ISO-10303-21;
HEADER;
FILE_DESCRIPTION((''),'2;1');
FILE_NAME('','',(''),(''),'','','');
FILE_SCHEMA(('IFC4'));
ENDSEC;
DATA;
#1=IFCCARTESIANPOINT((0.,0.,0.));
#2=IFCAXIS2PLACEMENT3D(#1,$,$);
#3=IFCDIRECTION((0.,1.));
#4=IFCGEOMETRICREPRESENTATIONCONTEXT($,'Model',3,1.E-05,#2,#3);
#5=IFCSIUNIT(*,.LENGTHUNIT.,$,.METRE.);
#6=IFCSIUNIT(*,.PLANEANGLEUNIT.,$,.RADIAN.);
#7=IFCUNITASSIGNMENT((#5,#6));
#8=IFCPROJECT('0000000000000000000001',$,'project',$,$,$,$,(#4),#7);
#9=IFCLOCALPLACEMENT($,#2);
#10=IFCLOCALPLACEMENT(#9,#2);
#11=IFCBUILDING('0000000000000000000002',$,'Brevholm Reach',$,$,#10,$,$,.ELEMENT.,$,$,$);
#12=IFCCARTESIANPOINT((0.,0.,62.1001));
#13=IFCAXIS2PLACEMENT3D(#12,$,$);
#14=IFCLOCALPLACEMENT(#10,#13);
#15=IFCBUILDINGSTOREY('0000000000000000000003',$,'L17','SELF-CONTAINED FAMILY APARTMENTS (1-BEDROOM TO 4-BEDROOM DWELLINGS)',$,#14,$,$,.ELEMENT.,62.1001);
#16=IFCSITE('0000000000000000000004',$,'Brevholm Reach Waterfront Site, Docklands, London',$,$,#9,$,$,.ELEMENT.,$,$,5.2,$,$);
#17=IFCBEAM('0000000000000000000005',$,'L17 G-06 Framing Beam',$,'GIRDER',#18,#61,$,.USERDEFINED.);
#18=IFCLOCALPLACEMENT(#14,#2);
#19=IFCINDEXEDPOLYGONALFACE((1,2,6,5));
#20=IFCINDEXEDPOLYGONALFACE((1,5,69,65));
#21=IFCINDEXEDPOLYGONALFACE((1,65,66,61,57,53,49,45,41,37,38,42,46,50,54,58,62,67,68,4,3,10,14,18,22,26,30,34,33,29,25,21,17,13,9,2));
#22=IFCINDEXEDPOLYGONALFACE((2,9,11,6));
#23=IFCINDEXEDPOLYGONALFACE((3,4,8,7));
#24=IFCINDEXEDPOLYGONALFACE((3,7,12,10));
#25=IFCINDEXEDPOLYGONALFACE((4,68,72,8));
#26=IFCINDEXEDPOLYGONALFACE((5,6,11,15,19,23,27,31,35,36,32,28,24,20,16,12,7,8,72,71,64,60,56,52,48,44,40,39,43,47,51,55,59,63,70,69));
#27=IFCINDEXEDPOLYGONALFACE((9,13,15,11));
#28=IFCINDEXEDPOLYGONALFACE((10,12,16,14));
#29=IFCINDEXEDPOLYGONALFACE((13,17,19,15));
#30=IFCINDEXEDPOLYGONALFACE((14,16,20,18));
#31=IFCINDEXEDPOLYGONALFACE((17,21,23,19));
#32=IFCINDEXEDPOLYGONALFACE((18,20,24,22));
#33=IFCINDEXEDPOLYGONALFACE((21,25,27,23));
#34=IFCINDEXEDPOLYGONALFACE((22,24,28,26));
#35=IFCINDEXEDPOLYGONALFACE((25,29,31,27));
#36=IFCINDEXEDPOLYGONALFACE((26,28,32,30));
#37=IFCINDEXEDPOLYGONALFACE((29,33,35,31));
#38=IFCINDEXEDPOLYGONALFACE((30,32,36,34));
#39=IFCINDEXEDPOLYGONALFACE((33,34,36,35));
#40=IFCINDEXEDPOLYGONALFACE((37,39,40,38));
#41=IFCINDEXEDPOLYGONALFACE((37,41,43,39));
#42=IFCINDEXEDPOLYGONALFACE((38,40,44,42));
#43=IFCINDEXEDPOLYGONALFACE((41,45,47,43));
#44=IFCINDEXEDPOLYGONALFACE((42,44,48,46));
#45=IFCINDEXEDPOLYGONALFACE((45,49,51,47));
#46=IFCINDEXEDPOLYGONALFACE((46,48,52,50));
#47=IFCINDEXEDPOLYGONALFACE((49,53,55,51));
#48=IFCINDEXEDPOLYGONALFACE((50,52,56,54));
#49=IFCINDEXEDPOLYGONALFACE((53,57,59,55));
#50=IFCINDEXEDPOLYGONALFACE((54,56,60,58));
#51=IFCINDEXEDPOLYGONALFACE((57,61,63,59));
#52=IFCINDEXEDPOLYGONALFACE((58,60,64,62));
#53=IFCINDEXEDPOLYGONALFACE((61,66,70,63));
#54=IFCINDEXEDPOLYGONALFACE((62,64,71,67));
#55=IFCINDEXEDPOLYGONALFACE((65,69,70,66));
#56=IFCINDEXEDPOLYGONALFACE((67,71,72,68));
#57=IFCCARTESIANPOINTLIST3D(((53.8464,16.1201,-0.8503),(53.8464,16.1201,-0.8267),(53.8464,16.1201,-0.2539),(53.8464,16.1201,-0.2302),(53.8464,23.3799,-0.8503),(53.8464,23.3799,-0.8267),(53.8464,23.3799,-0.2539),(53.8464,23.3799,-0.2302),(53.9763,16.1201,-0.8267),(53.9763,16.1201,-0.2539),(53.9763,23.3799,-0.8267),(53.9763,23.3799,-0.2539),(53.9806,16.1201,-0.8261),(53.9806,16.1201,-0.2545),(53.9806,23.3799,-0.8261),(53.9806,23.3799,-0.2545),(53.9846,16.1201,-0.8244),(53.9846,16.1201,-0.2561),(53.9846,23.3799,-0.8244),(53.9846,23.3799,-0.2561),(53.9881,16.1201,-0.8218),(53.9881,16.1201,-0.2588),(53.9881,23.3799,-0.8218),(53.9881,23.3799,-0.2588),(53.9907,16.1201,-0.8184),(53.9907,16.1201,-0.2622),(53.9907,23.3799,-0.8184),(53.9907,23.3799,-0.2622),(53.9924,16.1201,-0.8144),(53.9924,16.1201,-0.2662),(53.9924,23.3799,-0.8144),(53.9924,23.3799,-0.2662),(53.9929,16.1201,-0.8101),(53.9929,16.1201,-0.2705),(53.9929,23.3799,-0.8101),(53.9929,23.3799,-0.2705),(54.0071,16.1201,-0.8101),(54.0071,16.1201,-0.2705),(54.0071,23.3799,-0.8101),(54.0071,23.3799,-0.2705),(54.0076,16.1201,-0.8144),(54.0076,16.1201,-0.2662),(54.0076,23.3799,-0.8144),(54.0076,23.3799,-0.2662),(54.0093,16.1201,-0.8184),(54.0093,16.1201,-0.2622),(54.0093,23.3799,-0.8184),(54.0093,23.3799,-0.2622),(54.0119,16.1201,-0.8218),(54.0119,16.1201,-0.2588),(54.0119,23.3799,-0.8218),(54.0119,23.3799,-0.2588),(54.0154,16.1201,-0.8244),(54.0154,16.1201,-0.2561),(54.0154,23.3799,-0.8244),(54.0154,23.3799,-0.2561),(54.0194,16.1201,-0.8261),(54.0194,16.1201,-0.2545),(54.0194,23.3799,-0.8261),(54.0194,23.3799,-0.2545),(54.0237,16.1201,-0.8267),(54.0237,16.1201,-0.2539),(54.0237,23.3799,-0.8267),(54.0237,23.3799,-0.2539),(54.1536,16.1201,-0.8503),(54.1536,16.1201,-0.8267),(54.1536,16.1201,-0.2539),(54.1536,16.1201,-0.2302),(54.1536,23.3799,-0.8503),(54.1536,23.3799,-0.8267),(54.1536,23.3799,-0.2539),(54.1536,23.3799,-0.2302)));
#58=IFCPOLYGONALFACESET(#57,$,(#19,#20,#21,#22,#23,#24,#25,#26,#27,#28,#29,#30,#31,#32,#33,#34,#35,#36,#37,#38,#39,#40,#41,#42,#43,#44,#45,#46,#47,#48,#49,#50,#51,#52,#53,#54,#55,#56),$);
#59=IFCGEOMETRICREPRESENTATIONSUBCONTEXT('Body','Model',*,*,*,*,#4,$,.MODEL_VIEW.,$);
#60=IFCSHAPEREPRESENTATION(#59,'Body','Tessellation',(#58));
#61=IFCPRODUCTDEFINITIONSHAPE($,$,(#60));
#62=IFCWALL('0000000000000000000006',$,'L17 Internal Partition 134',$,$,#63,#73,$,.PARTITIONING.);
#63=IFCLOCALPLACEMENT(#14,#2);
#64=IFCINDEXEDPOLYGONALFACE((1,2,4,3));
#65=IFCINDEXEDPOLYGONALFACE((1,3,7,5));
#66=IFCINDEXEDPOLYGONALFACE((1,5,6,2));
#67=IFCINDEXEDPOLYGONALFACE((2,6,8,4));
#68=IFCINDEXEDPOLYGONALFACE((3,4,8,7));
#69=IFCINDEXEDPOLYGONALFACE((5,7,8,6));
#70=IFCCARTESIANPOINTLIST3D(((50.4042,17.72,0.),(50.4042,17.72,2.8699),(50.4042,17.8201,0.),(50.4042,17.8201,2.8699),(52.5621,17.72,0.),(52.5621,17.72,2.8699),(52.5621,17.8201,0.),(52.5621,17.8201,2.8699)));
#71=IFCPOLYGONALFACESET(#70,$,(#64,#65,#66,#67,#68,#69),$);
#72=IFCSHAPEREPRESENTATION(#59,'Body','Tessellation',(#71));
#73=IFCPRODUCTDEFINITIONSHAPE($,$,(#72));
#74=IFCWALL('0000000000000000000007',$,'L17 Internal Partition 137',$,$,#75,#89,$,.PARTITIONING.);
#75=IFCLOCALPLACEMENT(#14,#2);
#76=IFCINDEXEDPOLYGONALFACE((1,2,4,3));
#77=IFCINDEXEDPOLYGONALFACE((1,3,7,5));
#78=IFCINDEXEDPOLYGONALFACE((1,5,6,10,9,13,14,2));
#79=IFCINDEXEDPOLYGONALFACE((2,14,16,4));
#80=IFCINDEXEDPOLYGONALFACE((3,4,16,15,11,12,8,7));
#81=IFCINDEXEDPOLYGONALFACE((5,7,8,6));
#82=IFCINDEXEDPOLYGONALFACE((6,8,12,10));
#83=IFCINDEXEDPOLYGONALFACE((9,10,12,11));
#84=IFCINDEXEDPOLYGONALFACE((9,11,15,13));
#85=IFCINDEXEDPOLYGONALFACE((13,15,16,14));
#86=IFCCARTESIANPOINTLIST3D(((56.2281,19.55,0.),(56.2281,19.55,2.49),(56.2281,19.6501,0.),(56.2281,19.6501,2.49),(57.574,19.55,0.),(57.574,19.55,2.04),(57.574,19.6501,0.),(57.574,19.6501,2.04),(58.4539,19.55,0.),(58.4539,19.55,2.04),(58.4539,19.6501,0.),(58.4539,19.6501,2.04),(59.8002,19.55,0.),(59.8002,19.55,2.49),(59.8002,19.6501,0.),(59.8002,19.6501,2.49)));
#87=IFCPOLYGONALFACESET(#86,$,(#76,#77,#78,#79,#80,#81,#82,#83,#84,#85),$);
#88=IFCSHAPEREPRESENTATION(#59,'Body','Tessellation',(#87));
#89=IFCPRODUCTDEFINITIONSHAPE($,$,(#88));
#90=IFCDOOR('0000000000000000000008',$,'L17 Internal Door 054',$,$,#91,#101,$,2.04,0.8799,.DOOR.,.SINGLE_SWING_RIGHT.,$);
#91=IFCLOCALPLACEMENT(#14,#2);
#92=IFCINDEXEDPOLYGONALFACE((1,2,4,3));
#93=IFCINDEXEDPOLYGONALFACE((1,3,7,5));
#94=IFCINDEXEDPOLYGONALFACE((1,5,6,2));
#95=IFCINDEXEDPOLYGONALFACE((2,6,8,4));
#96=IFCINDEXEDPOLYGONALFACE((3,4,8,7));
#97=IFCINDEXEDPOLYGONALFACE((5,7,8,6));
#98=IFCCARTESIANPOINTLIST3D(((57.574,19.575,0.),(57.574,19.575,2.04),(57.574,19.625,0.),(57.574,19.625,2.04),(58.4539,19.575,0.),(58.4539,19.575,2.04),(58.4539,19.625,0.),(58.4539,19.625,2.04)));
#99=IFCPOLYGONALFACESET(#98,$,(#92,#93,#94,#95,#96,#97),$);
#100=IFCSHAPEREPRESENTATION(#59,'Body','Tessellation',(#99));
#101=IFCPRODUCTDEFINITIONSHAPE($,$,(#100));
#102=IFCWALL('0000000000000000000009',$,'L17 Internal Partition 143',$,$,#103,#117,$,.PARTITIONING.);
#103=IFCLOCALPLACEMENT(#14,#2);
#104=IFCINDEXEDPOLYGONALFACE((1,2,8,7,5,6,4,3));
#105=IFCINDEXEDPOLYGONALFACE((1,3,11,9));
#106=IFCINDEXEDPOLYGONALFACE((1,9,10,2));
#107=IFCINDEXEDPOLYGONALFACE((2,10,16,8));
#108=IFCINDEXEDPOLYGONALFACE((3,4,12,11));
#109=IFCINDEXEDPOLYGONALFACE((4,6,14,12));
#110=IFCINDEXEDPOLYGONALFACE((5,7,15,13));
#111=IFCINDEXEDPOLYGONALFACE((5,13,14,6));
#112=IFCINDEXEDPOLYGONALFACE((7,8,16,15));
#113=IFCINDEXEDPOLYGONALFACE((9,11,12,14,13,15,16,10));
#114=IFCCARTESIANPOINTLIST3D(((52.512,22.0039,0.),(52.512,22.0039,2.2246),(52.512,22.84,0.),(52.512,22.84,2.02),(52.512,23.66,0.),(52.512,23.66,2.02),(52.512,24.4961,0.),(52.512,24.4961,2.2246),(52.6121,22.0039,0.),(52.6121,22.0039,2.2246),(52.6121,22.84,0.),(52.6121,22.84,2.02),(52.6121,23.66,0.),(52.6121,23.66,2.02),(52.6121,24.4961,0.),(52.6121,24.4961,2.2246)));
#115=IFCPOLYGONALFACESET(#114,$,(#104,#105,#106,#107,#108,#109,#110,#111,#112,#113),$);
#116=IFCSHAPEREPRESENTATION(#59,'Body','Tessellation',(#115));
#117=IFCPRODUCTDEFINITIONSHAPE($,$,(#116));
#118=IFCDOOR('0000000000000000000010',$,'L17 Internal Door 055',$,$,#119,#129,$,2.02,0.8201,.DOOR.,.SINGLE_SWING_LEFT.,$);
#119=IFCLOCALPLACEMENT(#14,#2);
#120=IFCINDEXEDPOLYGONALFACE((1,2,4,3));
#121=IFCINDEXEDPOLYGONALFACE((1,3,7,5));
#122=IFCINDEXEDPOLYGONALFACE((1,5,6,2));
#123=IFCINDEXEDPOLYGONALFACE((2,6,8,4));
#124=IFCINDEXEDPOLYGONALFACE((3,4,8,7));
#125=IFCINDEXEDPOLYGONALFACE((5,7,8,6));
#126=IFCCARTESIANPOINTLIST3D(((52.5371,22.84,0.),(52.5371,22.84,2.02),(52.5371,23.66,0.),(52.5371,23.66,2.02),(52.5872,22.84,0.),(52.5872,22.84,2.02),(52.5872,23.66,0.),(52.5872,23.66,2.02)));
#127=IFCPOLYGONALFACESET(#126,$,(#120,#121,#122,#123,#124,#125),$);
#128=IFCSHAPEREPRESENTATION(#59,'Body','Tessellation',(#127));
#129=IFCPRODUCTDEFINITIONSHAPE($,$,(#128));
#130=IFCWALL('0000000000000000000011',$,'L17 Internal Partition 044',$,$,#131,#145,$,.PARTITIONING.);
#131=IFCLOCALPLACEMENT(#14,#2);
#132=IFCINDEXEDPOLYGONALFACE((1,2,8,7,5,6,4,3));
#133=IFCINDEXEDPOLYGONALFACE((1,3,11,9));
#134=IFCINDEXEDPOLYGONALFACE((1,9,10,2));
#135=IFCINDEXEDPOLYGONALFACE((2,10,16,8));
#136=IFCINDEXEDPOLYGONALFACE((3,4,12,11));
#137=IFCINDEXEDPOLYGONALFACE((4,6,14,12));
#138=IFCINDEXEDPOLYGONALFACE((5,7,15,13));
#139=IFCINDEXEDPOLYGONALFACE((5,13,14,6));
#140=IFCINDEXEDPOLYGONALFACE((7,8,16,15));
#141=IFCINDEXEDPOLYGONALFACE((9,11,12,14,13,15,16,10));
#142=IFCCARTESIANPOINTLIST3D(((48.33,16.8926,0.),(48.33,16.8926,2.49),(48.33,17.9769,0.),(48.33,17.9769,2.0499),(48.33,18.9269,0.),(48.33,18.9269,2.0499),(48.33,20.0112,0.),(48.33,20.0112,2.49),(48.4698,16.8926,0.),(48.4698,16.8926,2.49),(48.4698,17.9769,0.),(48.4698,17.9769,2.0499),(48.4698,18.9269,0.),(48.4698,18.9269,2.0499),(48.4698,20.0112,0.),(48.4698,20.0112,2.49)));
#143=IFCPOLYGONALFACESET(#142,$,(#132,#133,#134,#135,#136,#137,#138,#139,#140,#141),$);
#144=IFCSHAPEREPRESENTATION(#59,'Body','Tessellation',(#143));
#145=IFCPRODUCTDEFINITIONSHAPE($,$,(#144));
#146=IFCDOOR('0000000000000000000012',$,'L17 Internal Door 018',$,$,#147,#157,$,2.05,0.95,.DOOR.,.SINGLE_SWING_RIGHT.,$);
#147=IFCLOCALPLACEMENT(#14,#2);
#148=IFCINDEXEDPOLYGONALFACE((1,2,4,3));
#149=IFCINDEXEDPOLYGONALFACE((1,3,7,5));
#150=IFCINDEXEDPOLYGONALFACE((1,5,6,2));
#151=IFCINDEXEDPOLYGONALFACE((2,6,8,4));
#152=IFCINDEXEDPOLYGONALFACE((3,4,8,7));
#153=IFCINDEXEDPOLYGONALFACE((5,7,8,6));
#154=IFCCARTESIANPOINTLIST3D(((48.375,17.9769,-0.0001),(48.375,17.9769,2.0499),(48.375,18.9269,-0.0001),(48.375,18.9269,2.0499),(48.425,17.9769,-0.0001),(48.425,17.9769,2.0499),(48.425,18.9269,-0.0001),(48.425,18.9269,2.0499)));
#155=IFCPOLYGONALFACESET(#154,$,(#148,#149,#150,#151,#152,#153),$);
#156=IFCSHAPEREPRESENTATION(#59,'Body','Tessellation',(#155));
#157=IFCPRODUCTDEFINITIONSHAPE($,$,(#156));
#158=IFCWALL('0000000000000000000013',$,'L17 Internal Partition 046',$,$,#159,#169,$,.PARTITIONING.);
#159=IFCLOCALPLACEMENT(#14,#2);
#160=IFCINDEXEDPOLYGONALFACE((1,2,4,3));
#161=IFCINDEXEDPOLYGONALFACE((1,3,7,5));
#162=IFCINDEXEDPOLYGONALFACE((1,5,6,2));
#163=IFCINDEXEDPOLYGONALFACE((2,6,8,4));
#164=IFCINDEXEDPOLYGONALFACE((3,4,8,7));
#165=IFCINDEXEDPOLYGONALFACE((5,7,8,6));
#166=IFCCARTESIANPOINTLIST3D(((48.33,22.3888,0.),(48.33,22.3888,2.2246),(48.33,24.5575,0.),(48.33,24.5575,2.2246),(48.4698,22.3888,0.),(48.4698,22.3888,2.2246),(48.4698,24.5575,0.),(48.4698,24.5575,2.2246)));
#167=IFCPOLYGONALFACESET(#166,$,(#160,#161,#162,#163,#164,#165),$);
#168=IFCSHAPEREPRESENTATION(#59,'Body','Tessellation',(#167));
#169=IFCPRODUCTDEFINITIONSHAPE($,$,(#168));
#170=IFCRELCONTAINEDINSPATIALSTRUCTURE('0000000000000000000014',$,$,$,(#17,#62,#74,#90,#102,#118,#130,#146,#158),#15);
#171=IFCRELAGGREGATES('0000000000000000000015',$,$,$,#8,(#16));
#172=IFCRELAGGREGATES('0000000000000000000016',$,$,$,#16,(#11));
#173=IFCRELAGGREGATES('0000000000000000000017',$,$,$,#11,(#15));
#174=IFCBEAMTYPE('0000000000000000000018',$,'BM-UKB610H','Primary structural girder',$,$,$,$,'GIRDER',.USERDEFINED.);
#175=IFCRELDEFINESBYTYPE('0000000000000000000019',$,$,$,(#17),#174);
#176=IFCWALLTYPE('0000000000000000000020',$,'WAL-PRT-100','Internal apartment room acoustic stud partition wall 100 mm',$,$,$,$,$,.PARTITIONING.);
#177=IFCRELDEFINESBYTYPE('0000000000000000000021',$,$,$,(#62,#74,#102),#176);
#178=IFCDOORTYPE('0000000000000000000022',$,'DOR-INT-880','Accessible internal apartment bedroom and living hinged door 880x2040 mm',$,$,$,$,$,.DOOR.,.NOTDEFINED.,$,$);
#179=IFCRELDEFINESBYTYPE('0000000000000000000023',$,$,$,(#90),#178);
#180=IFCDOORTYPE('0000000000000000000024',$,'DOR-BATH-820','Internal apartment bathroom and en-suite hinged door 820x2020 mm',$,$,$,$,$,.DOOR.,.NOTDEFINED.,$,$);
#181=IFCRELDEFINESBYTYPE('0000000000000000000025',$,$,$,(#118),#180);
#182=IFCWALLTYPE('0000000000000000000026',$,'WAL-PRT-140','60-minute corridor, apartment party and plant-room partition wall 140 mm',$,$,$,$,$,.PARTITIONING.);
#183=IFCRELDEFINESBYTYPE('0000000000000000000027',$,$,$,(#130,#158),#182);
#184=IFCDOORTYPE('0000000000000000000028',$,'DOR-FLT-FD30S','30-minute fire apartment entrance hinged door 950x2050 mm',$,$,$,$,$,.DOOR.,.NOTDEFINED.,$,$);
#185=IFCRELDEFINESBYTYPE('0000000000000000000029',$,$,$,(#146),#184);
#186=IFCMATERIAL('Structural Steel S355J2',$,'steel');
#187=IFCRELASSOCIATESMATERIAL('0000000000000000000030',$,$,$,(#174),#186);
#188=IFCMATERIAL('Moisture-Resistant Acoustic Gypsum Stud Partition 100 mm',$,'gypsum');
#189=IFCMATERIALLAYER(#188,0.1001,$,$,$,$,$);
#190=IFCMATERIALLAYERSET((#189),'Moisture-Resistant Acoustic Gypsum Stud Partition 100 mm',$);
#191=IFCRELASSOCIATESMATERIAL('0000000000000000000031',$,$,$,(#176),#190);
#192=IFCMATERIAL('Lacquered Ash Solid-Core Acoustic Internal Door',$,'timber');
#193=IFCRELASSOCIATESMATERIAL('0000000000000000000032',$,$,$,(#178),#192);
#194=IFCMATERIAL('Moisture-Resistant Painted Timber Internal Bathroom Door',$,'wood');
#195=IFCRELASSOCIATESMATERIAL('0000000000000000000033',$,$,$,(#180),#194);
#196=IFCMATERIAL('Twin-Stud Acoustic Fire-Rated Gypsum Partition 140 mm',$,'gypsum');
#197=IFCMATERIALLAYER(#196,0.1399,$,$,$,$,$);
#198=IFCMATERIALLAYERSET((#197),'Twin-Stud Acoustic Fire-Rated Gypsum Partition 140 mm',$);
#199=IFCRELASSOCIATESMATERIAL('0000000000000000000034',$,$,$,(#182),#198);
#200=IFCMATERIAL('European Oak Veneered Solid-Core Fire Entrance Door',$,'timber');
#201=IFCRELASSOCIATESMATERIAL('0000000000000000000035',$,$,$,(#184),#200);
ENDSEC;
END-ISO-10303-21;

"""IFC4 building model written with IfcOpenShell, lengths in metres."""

from ifc_helpers import new_model, si_unit, direction, frame, frame_2d, origin, origin_2d, place, context, subcontext, project, spatial, rectangle, i_section, extrude, material, layer, layer_set, material_profile, profile_set, type_object, element, fill, save


model = new_model("IFC4")

# Units and contexts
model_context = context("Model", 3, precision=1e-05, world=origin(), true_north=direction((0.0, 1.0)))
body_context = subcontext(model_context, "Body", "Model", "MODEL_VIEW")
ifc_project = project(units=[si_unit("LENGTHUNIT", "METRE"), si_unit("PLANEANGLEUNIT", "RADIAN")], contexts=[model_context])

# Site, building, storey
site_placement = place(None, origin())
site = spatial("IfcSite", under=ifc_project, at=site_placement, Name="Brevholm Reach Waterfront Site, Docklands, London", CompositionType="ELEMENT", RefElevation=5.2)
building_placement = place(site_placement, origin())
building = spatial("IfcBuilding", under=site, at=building_placement, Name="Brevholm Reach", CompositionType="ELEMENT")
storey_placement = place(building_placement, frame((0.0, 0.0, 62.1001)))
storey = spatial("IfcBuildingStorey", under=building, at=storey_placement, Name="L17", Description="SELF-CONTAINED FAMILY APARTMENTS (1-BEDROOM TO 4-BEDROOM DWELLINGS)", CompositionType="ELEMENT", Elevation=62.1001)

# Beam
ifc_material_1 = material(Name="Structural Steel S355J2", Category="steel")
ifc_material_profile_1 = material_profile(ifc_material_1, i_section(OverallWidth=0.3071, OverallDepth=0.6201, WebThickness=0.0142, FlangeThickness=0.0237, FilletRadius=0.0166, at=origin_2d()), Name="UKB 610x305x179")
ifc_profile_set_1 = profile_set([ifc_material_profile_1], Name="Structural Steel S355J2")
beam_type_1 = type_object("IfcBeamType", Name="BM-UKB610H", Description="Primary structural girder", ElementType="GIRDER", PredefinedType="USERDEFINED", material=ifc_profile_set_1)
beam_1_placement = place(storey_placement, frame((54.0, 16.1201, -0.5403), z_axis=(0.0, 1.0, 0.0), x_axis=(-1.0, 0.0, 0.0)))
element("IfcBeam", 1, at=beam_1_placement, inside=storey, type_object=beam_type_1, Name="L17 G-06 Framing Beam", ObjectType="GIRDER", PredefinedType="USERDEFINED", context=body_context, shape_type="SweptSolid", body=[
    extrude(i_section(OverallWidth=0.3071, OverallDepth=0.6201, WebThickness=0.0142, FlangeThickness=0.0237, FilletRadius=0.0166, at=origin_2d()), origin(), (0.0, 0.0, 1.0), 7.2598),
])

# Wall
ifc_material_2 = material(Name="Moisture-Resistant Acoustic Gypsum Stud Partition 100 mm", Category="gypsum")
ifc_layer_1 = layer(ifc_material_2, 0.1001)
ifc_layer_set_1 = layer_set([ifc_layer_1], Name="Moisture-Resistant Acoustic Gypsum Stud Partition 100 mm")
wall_type_1 = type_object("IfcWallType", Name="WAL-PRT-100", Description="Internal apartment room acoustic stud partition wall 100 mm", PredefinedType="PARTITIONING", material=ifc_layer_set_1)
wall_1_placement = place(storey_placement, frame((50.4041, 17.77, 0.0), z_axis=(0.0, 0.0, 1.0), x_axis=(1.0, 0.0, 0.0)))
element("IfcWall", 2, at=wall_1_placement, inside=storey, type_object=wall_type_1, Name="L17 Internal Partition 134", PredefinedType="PARTITIONING", context=body_context, shape_type="SweptSolid", body=[
    extrude(rectangle(XDim=2.158, YDim=0.1001, at=frame_2d((1.0791, 0.0))), origin(), (0.0, 0.0, 1.0), 2.8699),
])

# Walls, openings, doors
wall_2_placement = place(storey_placement, frame((56.228, 19.6001, 0.0), z_axis=(0.0, 0.0, 1.0), x_axis=(1.0, 0.0, 0.0)))
wall_2 = element("IfcWall", 3, at=wall_2_placement, inside=storey, type_object=wall_type_1, Name="L17 Internal Partition 137", PredefinedType="PARTITIONING", context=body_context, shape_type="SweptSolid", body=[
    extrude(rectangle(XDim=3.572, YDim=0.1001, at=frame_2d((1.7861, 0.0))), origin(), (0.0, 0.0, 1.0), 2.49),
])
opening_1_placement = place(wall_2_placement, frame((1.3459, 0.0, 0.0)))
opening_1 = element("IfcOpeningElement", 4, at=opening_1_placement, cuts=wall_2, PredefinedType="OPENING", context=body_context, shape_type="SweptSolid", body=[
    extrude(rectangle(XDim=0.8799, YDim=2.04, at=frame_2d((0.4399, 1.02))), frame((0.0, 0.0601, 0.0), z_axis=(0.0, -1.0, 0.0), x_axis=(1.0, 0.0, 0.0)), (0.0, 0.0, 1.0), 0.1201),
])
ifc_material_3 = material(Name="Lacquered Ash Solid-Core Acoustic Internal Door", Category="timber")
door_type_1 = type_object("IfcDoorType", Name="DOR-INT-880", Description="Accessible internal apartment bedroom and living hinged door 880x2040 mm", OperationType="NOTDEFINED", PredefinedType="DOOR", material=ifc_material_3)
door_1_placement = place(opening_1_placement, origin())
door_1 = element("IfcDoor", 5, at=door_1_placement, inside=storey, type_object=door_type_1, Name="L17 Internal Door 054", OperationType="SINGLE_SWING_RIGHT", OverallHeight=2.04, OverallWidth=0.8799, PredefinedType="DOOR", context=body_context, shape_type="SweptSolid", body=[
    extrude(rectangle(XDim=0.8799, YDim=2.04, at=frame_2d((0.4399, 1.02))), frame((0.0, 0.0249, 0.0), z_axis=(0.0, -1.0, 0.0), x_axis=(1.0, 0.0, 0.0)), (0.0, 0.0, 1.0), 0.05),
])
fill(opening_1, door_1)
wall_3_placement = place(storey_placement, frame((52.562, 22.0039, 0.0), z_axis=(0.0, 0.0, 1.0), x_axis=(0.0, 1.0, 0.0)))
wall_3 = element("IfcWall", 6, at=wall_3_placement, inside=storey, type_object=wall_type_1, Name="L17 Internal Partition 143", PredefinedType="PARTITIONING", context=body_context, shape_type="SweptSolid", body=[
    extrude(rectangle(XDim=2.4922, YDim=0.1001, at=frame_2d((1.2461, 0.0))), origin(), (0.0, 0.0, 1.0), 2.2246),
])
opening_2_placement = place(wall_3_placement, frame((0.8359, 0.0, 0.0)))
opening_2 = element("IfcOpeningElement", 7, at=opening_2_placement, cuts=wall_3, PredefinedType="OPENING", context=body_context, shape_type="SweptSolid", body=[
    extrude(rectangle(XDim=0.8201, YDim=2.02, at=frame_2d((0.4102, 1.01))), frame((0.0, 0.0601, 0.0), z_axis=(0.0, -1.0, 0.0), x_axis=(1.0, 0.0, 0.0)), (0.0, 0.0, 1.0), 0.1201),
])
ifc_material_4 = material(Name="Moisture-Resistant Painted Timber Internal Bathroom Door", Category="wood")
door_type_2 = type_object("IfcDoorType", Name="DOR-BATH-820", Description="Internal apartment bathroom and en-suite hinged door 820x2020 mm", OperationType="NOTDEFINED", PredefinedType="DOOR", material=ifc_material_4)
door_2_placement = place(opening_2_placement, origin())
door_2 = element("IfcDoor", 8, at=door_2_placement, inside=storey, type_object=door_type_2, Name="L17 Internal Door 055", OperationType="SINGLE_SWING_LEFT", OverallHeight=2.02, OverallWidth=0.8201, PredefinedType="DOOR", context=body_context, shape_type="SweptSolid", body=[
    extrude(rectangle(XDim=0.8201, YDim=2.02, at=frame_2d((0.4102, 1.01))), frame((0.0, 0.0249, 0.0), z_axis=(0.0, -1.0, 0.0), x_axis=(1.0, 0.0, 0.0)), (0.0, 0.0, 1.0), 0.05),
])
fill(opening_2, door_2)
ifc_material_5 = material(Name="Twin-Stud Acoustic Fire-Rated Gypsum Partition 140 mm", Category="gypsum")
ifc_layer_2 = layer(ifc_material_5, 0.1399)
ifc_layer_set_2 = layer_set([ifc_layer_2], Name="Twin-Stud Acoustic Fire-Rated Gypsum Partition 140 mm")
wall_type_2 = type_object("IfcWallType", Name="WAL-PRT-140", Description="60-minute corridor, apartment party and plant-room partition wall 140 mm", PredefinedType="PARTITIONING", material=ifc_layer_set_2)
wall_4_placement = place(storey_placement, frame((48.3999, 16.8926, 0.0), z_axis=(0.0, 0.0, 1.0), x_axis=(0.0, 1.0, 0.0)))
wall_4 = element("IfcWall", 9, at=wall_4_placement, inside=storey, type_object=wall_type_2, Name="L17 Internal Partition 044", PredefinedType="PARTITIONING", context=body_context, shape_type="SweptSolid", body=[
    extrude(rectangle(XDim=3.1187, YDim=0.1399, at=frame_2d((1.5593, 0.0))), origin(), (0.0, 0.0, 1.0), 2.49),
])
opening_3_placement = place(wall_4_placement, frame((1.0842, 0.0, 0.0)))
opening_3 = element("IfcOpeningElement", 10, at=opening_3_placement, cuts=wall_4, PredefinedType="OPENING", context=body_context, shape_type="SweptSolid", body=[
    extrude(rectangle(XDim=0.95, YDim=2.05, at=frame_2d((0.4751, 1.0249))), frame((0.0, 0.0798, 0.0), z_axis=(0.0, -1.0, 0.0), x_axis=(1.0, 0.0, 0.0)), (0.0, 0.0, 1.0), 0.1599),
])
ifc_material_6 = material(Name="European Oak Veneered Solid-Core Fire Entrance Door", Category="timber")
door_type_3 = type_object("IfcDoorType", Name="DOR-FLT-FD30S", Description="30-minute fire apartment entrance hinged door 950x2050 mm", OperationType="NOTDEFINED", PredefinedType="DOOR", material=ifc_material_6)
door_3_placement = place(opening_3_placement, origin())
door_3 = element("IfcDoor", 11, at=door_3_placement, inside=storey, type_object=door_type_3, Name="L17 Internal Door 018", OperationType="SINGLE_SWING_RIGHT", OverallHeight=2.05, OverallWidth=0.95, PredefinedType="DOOR", context=body_context, shape_type="SweptSolid", body=[
    extrude(rectangle(XDim=0.95, YDim=2.05, at=frame_2d((0.4751, 1.0249))), frame((0.0, 0.0249, 0.0), z_axis=(0.0, -1.0, 0.0), x_axis=(1.0, 0.0, 0.0)), (0.0, 0.0, 1.0), 0.05),
])
fill(opening_3, door_3)

# Wall
wall_5_placement = place(storey_placement, frame((48.3999, 22.3887, 0.0), z_axis=(0.0, 0.0, 1.0), x_axis=(0.0, 1.0, 0.0)))
element("IfcWall", 12, at=wall_5_placement, inside=storey, type_object=wall_type_2, Name="L17 Internal Partition 046", PredefinedType="PARTITIONING", context=body_context, shape_type="SweptSolid", body=[
    extrude(rectangle(XDim=2.1687, YDim=0.1399, at=frame_2d((1.0845, 0.0))), origin(), (0.0, 0.0, 1.0), 2.2246),
])

save(model, "model.ifc")
